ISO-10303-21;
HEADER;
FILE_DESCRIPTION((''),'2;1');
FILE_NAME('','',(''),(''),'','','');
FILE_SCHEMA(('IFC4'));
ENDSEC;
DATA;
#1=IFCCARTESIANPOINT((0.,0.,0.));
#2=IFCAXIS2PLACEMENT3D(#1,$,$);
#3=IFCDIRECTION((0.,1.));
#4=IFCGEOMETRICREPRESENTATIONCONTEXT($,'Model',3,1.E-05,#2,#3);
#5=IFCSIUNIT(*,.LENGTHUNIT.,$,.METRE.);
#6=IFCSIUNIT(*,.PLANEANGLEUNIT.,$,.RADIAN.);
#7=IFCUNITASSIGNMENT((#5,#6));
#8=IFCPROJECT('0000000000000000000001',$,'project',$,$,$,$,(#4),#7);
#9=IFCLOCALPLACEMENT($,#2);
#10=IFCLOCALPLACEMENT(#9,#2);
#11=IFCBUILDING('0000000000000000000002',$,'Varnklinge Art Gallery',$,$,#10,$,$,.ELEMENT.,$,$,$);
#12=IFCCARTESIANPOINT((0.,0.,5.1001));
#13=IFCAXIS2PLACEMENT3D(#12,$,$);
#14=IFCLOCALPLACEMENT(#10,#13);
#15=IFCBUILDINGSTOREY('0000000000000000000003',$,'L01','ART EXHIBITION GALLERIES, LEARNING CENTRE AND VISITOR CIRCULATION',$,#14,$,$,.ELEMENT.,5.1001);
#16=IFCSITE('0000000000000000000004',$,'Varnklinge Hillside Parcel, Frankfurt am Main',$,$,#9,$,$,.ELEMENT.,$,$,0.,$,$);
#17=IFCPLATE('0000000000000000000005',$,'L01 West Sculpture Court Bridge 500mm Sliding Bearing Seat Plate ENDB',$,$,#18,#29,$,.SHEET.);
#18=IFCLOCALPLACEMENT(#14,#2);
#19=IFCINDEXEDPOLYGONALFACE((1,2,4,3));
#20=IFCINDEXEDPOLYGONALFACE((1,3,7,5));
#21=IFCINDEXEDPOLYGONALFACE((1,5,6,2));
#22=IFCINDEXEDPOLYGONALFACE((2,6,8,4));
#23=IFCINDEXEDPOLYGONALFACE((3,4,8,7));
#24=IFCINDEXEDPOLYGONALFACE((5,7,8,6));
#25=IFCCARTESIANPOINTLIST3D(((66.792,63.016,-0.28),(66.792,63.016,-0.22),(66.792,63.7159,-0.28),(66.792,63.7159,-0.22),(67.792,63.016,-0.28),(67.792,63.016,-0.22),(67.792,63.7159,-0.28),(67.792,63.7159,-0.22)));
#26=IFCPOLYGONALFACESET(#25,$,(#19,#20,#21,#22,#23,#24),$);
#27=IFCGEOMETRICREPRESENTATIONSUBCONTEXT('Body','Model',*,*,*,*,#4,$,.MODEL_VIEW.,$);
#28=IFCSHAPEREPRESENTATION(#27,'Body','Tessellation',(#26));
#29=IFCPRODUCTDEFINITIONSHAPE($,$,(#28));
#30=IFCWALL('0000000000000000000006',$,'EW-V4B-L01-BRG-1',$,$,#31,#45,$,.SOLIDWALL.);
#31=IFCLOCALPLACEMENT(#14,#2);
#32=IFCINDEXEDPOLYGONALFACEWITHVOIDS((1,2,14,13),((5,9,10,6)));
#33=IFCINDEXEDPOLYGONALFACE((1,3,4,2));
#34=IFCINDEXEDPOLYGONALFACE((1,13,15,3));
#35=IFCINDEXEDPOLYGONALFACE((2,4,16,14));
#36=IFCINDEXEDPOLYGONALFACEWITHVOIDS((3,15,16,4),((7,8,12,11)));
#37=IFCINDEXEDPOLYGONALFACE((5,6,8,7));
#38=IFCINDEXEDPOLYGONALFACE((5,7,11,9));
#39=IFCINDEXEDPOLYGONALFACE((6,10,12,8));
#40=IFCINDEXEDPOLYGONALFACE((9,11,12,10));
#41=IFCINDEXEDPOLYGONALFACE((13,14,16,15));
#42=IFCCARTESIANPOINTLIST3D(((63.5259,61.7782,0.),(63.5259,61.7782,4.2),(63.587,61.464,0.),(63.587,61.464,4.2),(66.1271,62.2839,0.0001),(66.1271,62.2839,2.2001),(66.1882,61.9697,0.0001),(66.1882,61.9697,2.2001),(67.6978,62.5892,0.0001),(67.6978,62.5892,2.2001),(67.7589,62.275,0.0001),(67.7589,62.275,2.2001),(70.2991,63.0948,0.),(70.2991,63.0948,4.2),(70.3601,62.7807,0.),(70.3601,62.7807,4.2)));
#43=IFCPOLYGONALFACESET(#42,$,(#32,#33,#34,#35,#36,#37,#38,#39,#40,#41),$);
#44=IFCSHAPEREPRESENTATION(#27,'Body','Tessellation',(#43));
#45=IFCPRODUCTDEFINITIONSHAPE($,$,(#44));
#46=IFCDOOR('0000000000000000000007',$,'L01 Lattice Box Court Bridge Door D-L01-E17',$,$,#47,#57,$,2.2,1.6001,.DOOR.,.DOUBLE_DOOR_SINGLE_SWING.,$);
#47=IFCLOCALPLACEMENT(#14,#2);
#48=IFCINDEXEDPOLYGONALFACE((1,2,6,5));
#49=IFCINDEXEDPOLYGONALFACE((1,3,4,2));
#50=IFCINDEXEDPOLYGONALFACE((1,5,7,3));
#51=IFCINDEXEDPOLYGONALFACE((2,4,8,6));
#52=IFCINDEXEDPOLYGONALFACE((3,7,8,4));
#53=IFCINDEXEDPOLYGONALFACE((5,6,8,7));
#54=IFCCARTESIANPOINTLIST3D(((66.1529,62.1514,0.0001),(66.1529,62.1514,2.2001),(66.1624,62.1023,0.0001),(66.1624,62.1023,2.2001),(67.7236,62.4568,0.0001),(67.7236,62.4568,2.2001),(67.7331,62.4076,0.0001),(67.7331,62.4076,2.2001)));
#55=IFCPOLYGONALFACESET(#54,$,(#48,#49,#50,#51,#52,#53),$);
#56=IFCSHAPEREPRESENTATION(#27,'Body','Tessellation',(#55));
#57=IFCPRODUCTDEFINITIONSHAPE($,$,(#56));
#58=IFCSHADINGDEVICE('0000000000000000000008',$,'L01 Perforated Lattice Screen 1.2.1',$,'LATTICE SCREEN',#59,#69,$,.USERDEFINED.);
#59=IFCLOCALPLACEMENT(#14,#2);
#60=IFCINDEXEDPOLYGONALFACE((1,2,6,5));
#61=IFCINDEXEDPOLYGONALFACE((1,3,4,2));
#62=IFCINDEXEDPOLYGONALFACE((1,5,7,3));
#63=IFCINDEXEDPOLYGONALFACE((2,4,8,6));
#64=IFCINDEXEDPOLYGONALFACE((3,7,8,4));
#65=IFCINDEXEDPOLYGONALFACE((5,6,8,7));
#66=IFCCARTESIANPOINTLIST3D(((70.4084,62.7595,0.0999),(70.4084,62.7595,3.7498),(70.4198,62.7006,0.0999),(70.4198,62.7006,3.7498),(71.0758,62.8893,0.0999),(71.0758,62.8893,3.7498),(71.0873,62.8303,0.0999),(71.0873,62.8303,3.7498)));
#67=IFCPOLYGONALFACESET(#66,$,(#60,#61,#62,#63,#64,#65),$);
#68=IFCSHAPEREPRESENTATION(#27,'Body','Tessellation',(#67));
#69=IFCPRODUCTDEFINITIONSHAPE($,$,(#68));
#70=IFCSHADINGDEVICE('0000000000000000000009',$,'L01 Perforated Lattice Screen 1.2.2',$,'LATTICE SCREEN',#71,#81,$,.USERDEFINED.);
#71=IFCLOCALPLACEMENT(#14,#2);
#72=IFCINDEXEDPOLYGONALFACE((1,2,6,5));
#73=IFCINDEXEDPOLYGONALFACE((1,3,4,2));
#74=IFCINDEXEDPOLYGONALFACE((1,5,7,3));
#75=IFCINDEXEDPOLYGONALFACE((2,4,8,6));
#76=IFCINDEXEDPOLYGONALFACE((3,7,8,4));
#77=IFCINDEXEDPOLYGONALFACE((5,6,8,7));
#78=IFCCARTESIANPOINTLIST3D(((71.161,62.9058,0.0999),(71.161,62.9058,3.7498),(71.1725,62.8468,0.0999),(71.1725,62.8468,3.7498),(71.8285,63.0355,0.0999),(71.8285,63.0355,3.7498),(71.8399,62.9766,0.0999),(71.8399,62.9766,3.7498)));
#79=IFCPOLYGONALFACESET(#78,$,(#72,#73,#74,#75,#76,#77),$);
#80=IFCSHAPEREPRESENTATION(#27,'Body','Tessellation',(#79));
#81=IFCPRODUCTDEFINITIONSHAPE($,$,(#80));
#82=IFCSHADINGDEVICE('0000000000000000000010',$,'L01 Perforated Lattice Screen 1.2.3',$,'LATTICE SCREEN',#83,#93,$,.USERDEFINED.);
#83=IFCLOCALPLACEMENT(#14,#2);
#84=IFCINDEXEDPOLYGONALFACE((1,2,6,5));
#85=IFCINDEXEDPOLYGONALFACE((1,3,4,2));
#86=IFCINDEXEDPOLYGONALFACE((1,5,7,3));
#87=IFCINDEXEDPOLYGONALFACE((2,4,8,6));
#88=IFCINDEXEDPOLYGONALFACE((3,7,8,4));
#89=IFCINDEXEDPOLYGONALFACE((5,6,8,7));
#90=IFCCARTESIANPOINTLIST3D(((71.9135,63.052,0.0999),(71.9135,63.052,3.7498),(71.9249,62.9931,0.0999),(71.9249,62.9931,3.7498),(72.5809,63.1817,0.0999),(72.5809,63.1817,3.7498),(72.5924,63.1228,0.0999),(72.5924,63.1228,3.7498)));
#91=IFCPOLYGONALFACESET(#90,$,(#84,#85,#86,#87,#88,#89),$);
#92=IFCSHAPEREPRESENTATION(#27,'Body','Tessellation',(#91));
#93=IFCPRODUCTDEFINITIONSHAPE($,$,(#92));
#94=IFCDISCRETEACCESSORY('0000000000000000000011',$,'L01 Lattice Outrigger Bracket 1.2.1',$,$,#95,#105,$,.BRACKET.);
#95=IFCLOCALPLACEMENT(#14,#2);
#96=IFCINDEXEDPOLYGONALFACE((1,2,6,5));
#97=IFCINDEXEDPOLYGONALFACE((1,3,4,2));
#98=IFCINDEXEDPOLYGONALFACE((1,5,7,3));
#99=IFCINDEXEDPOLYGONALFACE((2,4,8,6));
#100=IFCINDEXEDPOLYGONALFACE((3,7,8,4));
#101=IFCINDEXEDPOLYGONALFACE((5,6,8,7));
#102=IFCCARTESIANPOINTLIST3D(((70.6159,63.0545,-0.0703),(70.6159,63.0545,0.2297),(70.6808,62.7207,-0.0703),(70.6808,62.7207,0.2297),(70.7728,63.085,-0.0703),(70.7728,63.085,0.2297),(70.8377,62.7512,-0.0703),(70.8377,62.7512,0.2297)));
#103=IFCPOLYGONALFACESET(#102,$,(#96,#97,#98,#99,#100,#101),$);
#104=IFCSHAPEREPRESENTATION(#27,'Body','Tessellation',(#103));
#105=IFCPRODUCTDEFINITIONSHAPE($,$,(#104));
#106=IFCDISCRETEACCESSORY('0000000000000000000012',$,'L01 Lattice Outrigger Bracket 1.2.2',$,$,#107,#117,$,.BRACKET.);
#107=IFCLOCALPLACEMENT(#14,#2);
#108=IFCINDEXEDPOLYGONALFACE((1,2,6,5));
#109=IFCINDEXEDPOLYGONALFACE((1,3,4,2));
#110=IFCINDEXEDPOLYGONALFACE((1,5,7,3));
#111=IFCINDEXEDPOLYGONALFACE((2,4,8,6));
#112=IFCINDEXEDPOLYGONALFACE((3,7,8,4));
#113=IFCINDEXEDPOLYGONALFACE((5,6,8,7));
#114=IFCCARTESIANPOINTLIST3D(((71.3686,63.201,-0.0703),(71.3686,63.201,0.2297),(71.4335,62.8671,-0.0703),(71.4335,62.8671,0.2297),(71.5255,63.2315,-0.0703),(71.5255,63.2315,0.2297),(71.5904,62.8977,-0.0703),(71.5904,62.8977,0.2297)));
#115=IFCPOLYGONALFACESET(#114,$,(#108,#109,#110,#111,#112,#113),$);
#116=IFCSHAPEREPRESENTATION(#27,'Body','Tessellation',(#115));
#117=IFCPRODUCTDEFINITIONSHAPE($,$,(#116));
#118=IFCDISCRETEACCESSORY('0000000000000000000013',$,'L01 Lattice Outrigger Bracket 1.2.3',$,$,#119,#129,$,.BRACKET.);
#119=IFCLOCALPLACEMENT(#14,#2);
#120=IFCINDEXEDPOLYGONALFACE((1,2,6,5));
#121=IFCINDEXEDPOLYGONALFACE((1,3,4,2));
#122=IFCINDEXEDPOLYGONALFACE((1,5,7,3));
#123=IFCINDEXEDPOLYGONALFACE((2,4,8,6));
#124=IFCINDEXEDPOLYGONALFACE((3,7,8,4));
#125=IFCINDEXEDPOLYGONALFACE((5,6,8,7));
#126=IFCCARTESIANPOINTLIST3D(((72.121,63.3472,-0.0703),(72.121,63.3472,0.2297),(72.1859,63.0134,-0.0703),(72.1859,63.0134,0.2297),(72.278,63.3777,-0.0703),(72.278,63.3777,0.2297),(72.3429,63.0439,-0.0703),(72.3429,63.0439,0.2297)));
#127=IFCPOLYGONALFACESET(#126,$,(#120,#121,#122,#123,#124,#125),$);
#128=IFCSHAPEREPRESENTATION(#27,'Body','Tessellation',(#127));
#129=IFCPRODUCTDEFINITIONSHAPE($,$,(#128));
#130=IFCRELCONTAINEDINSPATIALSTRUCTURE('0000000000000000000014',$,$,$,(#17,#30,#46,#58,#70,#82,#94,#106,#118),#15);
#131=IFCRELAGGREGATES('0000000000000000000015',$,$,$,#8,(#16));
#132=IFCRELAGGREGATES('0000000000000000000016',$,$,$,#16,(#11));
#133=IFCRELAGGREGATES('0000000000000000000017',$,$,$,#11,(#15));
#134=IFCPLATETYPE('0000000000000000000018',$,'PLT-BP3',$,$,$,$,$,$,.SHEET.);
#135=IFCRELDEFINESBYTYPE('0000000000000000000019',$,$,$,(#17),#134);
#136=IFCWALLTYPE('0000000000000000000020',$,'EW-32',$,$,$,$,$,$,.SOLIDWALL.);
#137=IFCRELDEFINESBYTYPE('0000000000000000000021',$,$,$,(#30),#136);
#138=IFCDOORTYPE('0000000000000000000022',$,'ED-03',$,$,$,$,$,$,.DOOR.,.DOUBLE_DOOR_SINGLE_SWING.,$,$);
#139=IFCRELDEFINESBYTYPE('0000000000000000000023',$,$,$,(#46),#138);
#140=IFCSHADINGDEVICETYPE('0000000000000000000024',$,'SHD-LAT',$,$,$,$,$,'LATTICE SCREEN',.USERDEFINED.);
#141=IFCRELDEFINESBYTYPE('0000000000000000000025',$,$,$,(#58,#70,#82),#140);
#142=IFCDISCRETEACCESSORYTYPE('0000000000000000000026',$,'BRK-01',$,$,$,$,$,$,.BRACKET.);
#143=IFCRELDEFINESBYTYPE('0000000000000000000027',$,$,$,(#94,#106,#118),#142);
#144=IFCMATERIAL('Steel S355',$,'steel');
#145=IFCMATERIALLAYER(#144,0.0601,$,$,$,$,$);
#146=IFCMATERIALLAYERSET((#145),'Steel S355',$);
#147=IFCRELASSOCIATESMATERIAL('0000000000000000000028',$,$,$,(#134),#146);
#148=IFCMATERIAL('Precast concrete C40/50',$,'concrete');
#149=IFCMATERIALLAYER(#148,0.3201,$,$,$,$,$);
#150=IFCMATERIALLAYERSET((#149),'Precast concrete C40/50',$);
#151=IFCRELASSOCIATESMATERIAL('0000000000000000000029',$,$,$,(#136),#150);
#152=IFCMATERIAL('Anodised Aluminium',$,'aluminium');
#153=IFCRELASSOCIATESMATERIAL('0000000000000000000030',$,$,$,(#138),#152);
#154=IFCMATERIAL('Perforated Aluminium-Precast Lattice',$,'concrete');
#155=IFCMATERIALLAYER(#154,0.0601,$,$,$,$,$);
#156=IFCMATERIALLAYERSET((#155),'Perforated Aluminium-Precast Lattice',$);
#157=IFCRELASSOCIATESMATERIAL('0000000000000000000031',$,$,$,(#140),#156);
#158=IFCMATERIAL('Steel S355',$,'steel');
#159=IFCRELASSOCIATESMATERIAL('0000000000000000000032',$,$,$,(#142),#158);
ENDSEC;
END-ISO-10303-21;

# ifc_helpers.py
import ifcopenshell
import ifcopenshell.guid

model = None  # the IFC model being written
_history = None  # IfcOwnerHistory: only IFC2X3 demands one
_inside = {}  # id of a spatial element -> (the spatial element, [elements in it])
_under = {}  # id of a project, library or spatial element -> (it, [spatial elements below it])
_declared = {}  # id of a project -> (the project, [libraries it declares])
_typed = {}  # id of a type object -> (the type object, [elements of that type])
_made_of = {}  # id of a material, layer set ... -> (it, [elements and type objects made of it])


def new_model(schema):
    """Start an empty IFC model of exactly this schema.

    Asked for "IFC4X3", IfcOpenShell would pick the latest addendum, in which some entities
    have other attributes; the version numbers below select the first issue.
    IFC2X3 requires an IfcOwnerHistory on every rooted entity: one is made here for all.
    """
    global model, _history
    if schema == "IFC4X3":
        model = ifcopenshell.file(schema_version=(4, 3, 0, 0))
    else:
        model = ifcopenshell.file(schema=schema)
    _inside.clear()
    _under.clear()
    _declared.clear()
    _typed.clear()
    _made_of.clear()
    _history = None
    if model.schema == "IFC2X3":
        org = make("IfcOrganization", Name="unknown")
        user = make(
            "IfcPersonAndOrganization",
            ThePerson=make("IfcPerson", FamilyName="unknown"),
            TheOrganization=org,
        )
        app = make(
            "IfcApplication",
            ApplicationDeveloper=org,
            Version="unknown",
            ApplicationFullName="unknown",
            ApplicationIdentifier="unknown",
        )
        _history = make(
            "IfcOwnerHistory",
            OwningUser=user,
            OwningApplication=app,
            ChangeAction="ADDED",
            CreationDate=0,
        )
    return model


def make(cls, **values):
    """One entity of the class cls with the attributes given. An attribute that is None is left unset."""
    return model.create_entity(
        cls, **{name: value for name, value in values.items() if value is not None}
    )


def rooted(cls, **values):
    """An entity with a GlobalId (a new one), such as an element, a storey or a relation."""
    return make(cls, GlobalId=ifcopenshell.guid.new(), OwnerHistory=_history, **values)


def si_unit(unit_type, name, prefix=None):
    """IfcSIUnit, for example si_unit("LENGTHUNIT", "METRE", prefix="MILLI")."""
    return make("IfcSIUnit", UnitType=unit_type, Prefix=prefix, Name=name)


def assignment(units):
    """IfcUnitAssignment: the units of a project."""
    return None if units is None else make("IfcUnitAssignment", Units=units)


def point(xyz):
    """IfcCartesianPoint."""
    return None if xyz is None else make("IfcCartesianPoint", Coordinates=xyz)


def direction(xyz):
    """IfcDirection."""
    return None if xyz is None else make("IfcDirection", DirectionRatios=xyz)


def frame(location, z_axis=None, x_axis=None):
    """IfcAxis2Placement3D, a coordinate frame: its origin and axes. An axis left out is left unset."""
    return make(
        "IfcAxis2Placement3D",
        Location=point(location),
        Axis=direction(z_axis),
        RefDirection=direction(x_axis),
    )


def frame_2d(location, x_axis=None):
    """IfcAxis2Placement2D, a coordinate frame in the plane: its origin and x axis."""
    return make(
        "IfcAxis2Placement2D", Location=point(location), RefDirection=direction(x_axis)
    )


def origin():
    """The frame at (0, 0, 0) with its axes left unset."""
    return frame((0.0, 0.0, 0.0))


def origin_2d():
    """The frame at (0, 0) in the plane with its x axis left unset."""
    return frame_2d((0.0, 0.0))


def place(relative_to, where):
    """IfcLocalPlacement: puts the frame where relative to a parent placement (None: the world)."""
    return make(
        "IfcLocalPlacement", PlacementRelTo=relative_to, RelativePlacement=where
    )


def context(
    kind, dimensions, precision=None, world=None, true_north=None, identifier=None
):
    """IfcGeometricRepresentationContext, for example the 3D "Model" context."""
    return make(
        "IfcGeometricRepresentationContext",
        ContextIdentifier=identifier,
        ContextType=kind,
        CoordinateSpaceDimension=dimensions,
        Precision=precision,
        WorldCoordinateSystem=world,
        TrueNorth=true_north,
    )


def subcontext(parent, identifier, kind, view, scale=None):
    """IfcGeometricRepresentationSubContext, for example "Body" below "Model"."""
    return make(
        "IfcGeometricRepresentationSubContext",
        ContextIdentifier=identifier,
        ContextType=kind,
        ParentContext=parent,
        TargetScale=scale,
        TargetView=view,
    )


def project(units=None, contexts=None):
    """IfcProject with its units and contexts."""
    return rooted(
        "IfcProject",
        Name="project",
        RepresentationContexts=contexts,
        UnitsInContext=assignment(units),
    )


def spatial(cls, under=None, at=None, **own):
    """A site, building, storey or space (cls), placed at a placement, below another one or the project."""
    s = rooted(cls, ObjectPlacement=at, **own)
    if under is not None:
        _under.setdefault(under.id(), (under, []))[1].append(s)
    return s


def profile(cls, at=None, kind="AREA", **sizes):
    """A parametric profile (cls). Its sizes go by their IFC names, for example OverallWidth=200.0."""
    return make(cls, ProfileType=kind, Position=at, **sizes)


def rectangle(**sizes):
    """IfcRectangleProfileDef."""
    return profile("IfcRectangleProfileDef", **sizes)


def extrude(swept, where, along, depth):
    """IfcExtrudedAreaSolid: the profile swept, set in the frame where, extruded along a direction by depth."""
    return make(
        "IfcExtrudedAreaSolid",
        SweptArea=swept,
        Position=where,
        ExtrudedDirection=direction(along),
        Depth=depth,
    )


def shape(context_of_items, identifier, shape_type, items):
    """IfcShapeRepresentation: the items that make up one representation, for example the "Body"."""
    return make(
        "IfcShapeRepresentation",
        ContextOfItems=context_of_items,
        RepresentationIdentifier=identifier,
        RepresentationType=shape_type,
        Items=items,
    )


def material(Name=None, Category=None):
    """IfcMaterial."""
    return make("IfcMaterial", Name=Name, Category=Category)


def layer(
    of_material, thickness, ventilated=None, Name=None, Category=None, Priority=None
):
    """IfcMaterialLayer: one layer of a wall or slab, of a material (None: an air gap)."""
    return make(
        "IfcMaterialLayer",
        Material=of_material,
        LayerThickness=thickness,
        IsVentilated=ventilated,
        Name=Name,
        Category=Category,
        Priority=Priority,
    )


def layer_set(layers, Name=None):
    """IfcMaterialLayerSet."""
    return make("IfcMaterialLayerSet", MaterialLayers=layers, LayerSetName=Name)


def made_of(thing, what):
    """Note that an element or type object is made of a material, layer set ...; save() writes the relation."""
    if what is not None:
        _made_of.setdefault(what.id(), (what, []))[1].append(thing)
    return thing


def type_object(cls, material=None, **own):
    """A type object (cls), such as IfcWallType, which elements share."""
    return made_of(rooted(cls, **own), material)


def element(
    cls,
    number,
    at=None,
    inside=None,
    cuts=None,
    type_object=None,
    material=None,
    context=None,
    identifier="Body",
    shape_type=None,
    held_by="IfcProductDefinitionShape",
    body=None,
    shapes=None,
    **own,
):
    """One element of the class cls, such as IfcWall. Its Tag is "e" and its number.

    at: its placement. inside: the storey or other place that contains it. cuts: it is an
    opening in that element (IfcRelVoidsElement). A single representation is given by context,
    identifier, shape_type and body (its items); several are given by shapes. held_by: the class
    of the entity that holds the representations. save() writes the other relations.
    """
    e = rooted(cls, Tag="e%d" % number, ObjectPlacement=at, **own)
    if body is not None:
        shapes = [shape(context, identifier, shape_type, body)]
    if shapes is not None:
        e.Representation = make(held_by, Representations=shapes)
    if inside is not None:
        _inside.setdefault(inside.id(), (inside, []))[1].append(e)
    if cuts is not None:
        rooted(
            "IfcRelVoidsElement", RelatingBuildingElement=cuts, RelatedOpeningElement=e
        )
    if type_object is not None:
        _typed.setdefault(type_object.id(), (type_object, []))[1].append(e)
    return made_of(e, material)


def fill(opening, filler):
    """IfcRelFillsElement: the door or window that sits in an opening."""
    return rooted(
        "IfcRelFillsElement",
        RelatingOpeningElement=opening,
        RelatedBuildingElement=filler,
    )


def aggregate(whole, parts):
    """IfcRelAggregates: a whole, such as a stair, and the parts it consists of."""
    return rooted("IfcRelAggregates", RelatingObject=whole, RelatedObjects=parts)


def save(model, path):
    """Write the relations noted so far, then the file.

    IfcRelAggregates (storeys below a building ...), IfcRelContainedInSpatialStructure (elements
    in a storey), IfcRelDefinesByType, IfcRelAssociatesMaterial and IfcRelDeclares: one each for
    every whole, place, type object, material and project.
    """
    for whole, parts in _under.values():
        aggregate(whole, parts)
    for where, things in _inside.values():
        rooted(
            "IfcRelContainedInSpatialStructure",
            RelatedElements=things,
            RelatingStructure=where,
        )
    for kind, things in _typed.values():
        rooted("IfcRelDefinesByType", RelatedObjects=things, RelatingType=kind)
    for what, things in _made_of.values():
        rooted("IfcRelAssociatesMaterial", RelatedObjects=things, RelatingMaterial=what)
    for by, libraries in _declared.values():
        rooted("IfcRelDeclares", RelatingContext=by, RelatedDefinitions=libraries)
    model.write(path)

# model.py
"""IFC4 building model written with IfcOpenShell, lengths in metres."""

from ifc_helpers import new_model, si_unit, direction, frame, frame_2d, origin, origin_2d, place, context, subcontext, project, spatial, rectangle, extrude, material, layer, layer_set, type_object, element, fill, save


model = new_model("IFC4")

# Units and contexts
model_context = context("Model", 3, precision=1e-05, world=origin(), true_north=direction((0.0, 1.0)))
body_context = subcontext(model_context, "Body", "Model", "MODEL_VIEW")
ifc_project = project(units=[si_unit("LENGTHUNIT", "METRE"), si_unit("PLANEANGLEUNIT", "RADIAN")], contexts=[model_context])

# Site, building, storey
site_placement = place(None, origin())
site = spatial("IfcSite", under=ifc_project, at=site_placement, Name="Varnklinge Hillside Parcel, Frankfurt am Main", CompositionType="ELEMENT", RefElevation=0.0)
building_placement = place(site_placement, origin())
building = spatial("IfcBuilding", under=site, at=building_placement, Name="Varnklinge Art Gallery", CompositionType="ELEMENT")
storey_placement = place(building_placement, frame((0.0, 0.0, 5.1001)))
storey = spatial("IfcBuildingStorey", under=building, at=storey_placement, Name="L01", Description="ART EXHIBITION GALLERIES, LEARNING CENTRE AND VISITOR CIRCULATION", CompositionType="ELEMENT", Elevation=5.1001)

# Plate
ifc_material_1 = material(Name="Steel S355", Category="steel")
ifc_layer_1 = layer(ifc_material_1, 0.0601)
ifc_layer_set_1 = layer_set([ifc_layer_1], Name="Steel S355")
plate_type_1 = type_object("IfcPlateType", Name="PLT-BP3", PredefinedType="SHEET", material=ifc_layer_set_1)
plate_1_placement = place(storey_placement, frame((67.292, 63.366, -0.28), z_axis=(0.0, 0.0, 1.0), x_axis=(1.0, 0.0, 0.0)))
element("IfcPlate", 1, at=plate_1_placement, inside=storey, type_object=plate_type_1, Name="L01 West Sculpture Court Bridge 500mm Sliding Bearing Seat Plate ENDB", PredefinedType="SHEET", context=body_context, shape_type="SweptSolid", body=[
    extrude(rectangle(XDim=1.0, YDim=0.7, at=origin_2d()), origin(), (0.0, 0.0, 1.0), 0.0601),
])

# Wall, opening, door
ifc_material_2 = material(Name="Precast concrete C40/50", Category="concrete")
ifc_layer_2 = layer(ifc_material_2, 0.3201)
ifc_layer_set_2 = layer_set([ifc_layer_2], Name="Precast concrete C40/50")
wall_type = type_object("IfcWallType", Name="EW-32", PredefinedType="SOLIDWALL", material=ifc_layer_set_2)
wall_placement = place(storey_placement, frame((70.3296, 62.9377, 0.0), z_axis=(0.0, 0.0, 1.0), x_axis=(-0.981625, -0.190819, 0.0)))
wall = element("IfcWall", 2, at=wall_placement, inside=storey, type_object=wall_type, Name="EW-V4B-L01-BRG-1", PredefinedType="SOLIDWALL", context=body_context, shape_type="SweptSolid", body=[
    extrude(rectangle(XDim=6.8999, YDim=0.3201, at=frame_2d((3.45, 0.0))), origin(), (0.0, 0.0, 1.0), 4.2),
])
opening_placement = place(wall_placement, frame((2.6499, 0.0, 0.0)))
opening = element("IfcOpeningElement", 3, at=opening_placement, cuts=wall, PredefinedType="OPENING", context=body_context, shape_type="SweptSolid", body=[
    extrude(rectangle(XDim=1.6001, YDim=2.2, at=frame_2d((0.8, 1.1001))), frame((0.0, 0.1702, 0.0), z_axis=(0.0, -1.0, 0.0), x_axis=(1.0, 0.0, 0.0)), (0.0, 0.0, 1.0), 0.3401),
])
ifc_material_3 = material(Name="Anodised Aluminium", Category="aluminium")
door_type = type_object("IfcDoorType", Name="ED-03", OperationType="DOUBLE_DOOR_SINGLE_SWING", PredefinedType="DOOR", material=ifc_material_3)
door_placement = place(opening_placement, origin())
door = element("IfcDoor", 4, at=door_placement, inside=storey, type_object=door_type, Name="L01 Lattice Box Court Bridge Door D-L01-E17", OperationType="DOUBLE_DOOR_SINGLE_SWING", OverallHeight=2.2, OverallWidth=1.6001, PredefinedType="DOOR", context=body_context, shape_type="SweptSolid", body=[
    extrude(rectangle(XDim=1.6001, YDim=2.2, at=frame_2d((0.8, 1.1001))), frame((0.0, 0.0249, 0.0), z_axis=(0.0, -1.0, 0.0), x_axis=(1.0, 0.0, 0.0)), (0.0, 0.0, 1.0), 0.05),
])
fill(opening, door)

# Shading devices
ifc_material_4 = material(Name="Perforated Aluminium-Precast Lattice", Category="concrete")
ifc_layer_3 = layer(ifc_material_4, 0.0601)
ifc_layer_set_3 = layer_set([ifc_layer_3], Name="Perforated Aluminium-Precast Lattice")
shading_device_type = type_object("IfcShadingDeviceType", Name="SHD-LAT", ElementType="LATTICE SCREEN", PredefinedType="USERDEFINED", material=ifc_layer_set_3)
for number, where, z_axis, x_axis, name in (
    (5, (70.7478, 62.7949, 0.0999), (0.0, 0.0, 1.0), (0.981627, 0.190809, 0.0), "L01 Perforated Lattice Screen 1.2.1"),
    (6, (71.5005, 62.9412, 0.0999), (0.0, 0.0, 1.0), (0.981627, 0.190809, 0.0), "L01 Perforated Lattice Screen 1.2.2"),
    (7, (72.2529, 63.0874, 0.0999), (0.0, 0.0, 1.0), (0.981627, 0.190809, 0.0), "L01 Perforated Lattice Screen 1.2.3"),
):
    element("IfcShadingDevice", number, at=place(storey_placement, frame(where, z_axis=z_axis, x_axis=x_axis)), inside=storey, type_object=shading_device_type, Name=name, ObjectType="LATTICE SCREEN", PredefinedType="USERDEFINED", context=body_context, shape_type="SweptSolid", body=[
        extrude(rectangle(XDim=0.6799, YDim=0.0601, at=origin_2d()), origin(), (0.0, 0.0, 1.0), 3.6499),
    ])

# Discrete accessories
ifc_material_5 = material(Name="Steel S355", Category="steel")
discrete_accessory_type = type_object("IfcDiscreteAccessoryType", Name="BRK-01", PredefinedType="BRACKET", material=ifc_material_5)
for number, where, z_axis, x_axis, name in (
    (8, (70.7268, 62.9028, -0.0703), (0.0, 0.0, 1.0), (0.981627, 0.190809, 0.0), "L01 Lattice Outrigger Bracket 1.2.1"),
    (9, (71.4795, 63.0493, -0.0703), (0.0, 0.0, 1.0), (0.981627, 0.190809, 0.0), "L01 Lattice Outrigger Bracket 1.2.2"),
    (10, (72.2319, 63.1956, -0.0703), (0.0, 0.0, 1.0), (0.981627, 0.190809, 0.0), "L01 Lattice Outrigger Bracket 1.2.3"),
):
    element("IfcDiscreteAccessory", number, at=place(storey_placement, frame(where, z_axis=z_axis, x_axis=x_axis)), inside=storey, type_object=discrete_accessory_type, Name=name, PredefinedType="BRACKET", context=body_context, shape_type="SweptSolid", body=[
        extrude(rectangle(XDim=0.1599, YDim=0.3401, at=origin_2d()), origin(), (0.0, 0.0, 1.0), 0.3),
    ])

save(model, "model.ifc")
